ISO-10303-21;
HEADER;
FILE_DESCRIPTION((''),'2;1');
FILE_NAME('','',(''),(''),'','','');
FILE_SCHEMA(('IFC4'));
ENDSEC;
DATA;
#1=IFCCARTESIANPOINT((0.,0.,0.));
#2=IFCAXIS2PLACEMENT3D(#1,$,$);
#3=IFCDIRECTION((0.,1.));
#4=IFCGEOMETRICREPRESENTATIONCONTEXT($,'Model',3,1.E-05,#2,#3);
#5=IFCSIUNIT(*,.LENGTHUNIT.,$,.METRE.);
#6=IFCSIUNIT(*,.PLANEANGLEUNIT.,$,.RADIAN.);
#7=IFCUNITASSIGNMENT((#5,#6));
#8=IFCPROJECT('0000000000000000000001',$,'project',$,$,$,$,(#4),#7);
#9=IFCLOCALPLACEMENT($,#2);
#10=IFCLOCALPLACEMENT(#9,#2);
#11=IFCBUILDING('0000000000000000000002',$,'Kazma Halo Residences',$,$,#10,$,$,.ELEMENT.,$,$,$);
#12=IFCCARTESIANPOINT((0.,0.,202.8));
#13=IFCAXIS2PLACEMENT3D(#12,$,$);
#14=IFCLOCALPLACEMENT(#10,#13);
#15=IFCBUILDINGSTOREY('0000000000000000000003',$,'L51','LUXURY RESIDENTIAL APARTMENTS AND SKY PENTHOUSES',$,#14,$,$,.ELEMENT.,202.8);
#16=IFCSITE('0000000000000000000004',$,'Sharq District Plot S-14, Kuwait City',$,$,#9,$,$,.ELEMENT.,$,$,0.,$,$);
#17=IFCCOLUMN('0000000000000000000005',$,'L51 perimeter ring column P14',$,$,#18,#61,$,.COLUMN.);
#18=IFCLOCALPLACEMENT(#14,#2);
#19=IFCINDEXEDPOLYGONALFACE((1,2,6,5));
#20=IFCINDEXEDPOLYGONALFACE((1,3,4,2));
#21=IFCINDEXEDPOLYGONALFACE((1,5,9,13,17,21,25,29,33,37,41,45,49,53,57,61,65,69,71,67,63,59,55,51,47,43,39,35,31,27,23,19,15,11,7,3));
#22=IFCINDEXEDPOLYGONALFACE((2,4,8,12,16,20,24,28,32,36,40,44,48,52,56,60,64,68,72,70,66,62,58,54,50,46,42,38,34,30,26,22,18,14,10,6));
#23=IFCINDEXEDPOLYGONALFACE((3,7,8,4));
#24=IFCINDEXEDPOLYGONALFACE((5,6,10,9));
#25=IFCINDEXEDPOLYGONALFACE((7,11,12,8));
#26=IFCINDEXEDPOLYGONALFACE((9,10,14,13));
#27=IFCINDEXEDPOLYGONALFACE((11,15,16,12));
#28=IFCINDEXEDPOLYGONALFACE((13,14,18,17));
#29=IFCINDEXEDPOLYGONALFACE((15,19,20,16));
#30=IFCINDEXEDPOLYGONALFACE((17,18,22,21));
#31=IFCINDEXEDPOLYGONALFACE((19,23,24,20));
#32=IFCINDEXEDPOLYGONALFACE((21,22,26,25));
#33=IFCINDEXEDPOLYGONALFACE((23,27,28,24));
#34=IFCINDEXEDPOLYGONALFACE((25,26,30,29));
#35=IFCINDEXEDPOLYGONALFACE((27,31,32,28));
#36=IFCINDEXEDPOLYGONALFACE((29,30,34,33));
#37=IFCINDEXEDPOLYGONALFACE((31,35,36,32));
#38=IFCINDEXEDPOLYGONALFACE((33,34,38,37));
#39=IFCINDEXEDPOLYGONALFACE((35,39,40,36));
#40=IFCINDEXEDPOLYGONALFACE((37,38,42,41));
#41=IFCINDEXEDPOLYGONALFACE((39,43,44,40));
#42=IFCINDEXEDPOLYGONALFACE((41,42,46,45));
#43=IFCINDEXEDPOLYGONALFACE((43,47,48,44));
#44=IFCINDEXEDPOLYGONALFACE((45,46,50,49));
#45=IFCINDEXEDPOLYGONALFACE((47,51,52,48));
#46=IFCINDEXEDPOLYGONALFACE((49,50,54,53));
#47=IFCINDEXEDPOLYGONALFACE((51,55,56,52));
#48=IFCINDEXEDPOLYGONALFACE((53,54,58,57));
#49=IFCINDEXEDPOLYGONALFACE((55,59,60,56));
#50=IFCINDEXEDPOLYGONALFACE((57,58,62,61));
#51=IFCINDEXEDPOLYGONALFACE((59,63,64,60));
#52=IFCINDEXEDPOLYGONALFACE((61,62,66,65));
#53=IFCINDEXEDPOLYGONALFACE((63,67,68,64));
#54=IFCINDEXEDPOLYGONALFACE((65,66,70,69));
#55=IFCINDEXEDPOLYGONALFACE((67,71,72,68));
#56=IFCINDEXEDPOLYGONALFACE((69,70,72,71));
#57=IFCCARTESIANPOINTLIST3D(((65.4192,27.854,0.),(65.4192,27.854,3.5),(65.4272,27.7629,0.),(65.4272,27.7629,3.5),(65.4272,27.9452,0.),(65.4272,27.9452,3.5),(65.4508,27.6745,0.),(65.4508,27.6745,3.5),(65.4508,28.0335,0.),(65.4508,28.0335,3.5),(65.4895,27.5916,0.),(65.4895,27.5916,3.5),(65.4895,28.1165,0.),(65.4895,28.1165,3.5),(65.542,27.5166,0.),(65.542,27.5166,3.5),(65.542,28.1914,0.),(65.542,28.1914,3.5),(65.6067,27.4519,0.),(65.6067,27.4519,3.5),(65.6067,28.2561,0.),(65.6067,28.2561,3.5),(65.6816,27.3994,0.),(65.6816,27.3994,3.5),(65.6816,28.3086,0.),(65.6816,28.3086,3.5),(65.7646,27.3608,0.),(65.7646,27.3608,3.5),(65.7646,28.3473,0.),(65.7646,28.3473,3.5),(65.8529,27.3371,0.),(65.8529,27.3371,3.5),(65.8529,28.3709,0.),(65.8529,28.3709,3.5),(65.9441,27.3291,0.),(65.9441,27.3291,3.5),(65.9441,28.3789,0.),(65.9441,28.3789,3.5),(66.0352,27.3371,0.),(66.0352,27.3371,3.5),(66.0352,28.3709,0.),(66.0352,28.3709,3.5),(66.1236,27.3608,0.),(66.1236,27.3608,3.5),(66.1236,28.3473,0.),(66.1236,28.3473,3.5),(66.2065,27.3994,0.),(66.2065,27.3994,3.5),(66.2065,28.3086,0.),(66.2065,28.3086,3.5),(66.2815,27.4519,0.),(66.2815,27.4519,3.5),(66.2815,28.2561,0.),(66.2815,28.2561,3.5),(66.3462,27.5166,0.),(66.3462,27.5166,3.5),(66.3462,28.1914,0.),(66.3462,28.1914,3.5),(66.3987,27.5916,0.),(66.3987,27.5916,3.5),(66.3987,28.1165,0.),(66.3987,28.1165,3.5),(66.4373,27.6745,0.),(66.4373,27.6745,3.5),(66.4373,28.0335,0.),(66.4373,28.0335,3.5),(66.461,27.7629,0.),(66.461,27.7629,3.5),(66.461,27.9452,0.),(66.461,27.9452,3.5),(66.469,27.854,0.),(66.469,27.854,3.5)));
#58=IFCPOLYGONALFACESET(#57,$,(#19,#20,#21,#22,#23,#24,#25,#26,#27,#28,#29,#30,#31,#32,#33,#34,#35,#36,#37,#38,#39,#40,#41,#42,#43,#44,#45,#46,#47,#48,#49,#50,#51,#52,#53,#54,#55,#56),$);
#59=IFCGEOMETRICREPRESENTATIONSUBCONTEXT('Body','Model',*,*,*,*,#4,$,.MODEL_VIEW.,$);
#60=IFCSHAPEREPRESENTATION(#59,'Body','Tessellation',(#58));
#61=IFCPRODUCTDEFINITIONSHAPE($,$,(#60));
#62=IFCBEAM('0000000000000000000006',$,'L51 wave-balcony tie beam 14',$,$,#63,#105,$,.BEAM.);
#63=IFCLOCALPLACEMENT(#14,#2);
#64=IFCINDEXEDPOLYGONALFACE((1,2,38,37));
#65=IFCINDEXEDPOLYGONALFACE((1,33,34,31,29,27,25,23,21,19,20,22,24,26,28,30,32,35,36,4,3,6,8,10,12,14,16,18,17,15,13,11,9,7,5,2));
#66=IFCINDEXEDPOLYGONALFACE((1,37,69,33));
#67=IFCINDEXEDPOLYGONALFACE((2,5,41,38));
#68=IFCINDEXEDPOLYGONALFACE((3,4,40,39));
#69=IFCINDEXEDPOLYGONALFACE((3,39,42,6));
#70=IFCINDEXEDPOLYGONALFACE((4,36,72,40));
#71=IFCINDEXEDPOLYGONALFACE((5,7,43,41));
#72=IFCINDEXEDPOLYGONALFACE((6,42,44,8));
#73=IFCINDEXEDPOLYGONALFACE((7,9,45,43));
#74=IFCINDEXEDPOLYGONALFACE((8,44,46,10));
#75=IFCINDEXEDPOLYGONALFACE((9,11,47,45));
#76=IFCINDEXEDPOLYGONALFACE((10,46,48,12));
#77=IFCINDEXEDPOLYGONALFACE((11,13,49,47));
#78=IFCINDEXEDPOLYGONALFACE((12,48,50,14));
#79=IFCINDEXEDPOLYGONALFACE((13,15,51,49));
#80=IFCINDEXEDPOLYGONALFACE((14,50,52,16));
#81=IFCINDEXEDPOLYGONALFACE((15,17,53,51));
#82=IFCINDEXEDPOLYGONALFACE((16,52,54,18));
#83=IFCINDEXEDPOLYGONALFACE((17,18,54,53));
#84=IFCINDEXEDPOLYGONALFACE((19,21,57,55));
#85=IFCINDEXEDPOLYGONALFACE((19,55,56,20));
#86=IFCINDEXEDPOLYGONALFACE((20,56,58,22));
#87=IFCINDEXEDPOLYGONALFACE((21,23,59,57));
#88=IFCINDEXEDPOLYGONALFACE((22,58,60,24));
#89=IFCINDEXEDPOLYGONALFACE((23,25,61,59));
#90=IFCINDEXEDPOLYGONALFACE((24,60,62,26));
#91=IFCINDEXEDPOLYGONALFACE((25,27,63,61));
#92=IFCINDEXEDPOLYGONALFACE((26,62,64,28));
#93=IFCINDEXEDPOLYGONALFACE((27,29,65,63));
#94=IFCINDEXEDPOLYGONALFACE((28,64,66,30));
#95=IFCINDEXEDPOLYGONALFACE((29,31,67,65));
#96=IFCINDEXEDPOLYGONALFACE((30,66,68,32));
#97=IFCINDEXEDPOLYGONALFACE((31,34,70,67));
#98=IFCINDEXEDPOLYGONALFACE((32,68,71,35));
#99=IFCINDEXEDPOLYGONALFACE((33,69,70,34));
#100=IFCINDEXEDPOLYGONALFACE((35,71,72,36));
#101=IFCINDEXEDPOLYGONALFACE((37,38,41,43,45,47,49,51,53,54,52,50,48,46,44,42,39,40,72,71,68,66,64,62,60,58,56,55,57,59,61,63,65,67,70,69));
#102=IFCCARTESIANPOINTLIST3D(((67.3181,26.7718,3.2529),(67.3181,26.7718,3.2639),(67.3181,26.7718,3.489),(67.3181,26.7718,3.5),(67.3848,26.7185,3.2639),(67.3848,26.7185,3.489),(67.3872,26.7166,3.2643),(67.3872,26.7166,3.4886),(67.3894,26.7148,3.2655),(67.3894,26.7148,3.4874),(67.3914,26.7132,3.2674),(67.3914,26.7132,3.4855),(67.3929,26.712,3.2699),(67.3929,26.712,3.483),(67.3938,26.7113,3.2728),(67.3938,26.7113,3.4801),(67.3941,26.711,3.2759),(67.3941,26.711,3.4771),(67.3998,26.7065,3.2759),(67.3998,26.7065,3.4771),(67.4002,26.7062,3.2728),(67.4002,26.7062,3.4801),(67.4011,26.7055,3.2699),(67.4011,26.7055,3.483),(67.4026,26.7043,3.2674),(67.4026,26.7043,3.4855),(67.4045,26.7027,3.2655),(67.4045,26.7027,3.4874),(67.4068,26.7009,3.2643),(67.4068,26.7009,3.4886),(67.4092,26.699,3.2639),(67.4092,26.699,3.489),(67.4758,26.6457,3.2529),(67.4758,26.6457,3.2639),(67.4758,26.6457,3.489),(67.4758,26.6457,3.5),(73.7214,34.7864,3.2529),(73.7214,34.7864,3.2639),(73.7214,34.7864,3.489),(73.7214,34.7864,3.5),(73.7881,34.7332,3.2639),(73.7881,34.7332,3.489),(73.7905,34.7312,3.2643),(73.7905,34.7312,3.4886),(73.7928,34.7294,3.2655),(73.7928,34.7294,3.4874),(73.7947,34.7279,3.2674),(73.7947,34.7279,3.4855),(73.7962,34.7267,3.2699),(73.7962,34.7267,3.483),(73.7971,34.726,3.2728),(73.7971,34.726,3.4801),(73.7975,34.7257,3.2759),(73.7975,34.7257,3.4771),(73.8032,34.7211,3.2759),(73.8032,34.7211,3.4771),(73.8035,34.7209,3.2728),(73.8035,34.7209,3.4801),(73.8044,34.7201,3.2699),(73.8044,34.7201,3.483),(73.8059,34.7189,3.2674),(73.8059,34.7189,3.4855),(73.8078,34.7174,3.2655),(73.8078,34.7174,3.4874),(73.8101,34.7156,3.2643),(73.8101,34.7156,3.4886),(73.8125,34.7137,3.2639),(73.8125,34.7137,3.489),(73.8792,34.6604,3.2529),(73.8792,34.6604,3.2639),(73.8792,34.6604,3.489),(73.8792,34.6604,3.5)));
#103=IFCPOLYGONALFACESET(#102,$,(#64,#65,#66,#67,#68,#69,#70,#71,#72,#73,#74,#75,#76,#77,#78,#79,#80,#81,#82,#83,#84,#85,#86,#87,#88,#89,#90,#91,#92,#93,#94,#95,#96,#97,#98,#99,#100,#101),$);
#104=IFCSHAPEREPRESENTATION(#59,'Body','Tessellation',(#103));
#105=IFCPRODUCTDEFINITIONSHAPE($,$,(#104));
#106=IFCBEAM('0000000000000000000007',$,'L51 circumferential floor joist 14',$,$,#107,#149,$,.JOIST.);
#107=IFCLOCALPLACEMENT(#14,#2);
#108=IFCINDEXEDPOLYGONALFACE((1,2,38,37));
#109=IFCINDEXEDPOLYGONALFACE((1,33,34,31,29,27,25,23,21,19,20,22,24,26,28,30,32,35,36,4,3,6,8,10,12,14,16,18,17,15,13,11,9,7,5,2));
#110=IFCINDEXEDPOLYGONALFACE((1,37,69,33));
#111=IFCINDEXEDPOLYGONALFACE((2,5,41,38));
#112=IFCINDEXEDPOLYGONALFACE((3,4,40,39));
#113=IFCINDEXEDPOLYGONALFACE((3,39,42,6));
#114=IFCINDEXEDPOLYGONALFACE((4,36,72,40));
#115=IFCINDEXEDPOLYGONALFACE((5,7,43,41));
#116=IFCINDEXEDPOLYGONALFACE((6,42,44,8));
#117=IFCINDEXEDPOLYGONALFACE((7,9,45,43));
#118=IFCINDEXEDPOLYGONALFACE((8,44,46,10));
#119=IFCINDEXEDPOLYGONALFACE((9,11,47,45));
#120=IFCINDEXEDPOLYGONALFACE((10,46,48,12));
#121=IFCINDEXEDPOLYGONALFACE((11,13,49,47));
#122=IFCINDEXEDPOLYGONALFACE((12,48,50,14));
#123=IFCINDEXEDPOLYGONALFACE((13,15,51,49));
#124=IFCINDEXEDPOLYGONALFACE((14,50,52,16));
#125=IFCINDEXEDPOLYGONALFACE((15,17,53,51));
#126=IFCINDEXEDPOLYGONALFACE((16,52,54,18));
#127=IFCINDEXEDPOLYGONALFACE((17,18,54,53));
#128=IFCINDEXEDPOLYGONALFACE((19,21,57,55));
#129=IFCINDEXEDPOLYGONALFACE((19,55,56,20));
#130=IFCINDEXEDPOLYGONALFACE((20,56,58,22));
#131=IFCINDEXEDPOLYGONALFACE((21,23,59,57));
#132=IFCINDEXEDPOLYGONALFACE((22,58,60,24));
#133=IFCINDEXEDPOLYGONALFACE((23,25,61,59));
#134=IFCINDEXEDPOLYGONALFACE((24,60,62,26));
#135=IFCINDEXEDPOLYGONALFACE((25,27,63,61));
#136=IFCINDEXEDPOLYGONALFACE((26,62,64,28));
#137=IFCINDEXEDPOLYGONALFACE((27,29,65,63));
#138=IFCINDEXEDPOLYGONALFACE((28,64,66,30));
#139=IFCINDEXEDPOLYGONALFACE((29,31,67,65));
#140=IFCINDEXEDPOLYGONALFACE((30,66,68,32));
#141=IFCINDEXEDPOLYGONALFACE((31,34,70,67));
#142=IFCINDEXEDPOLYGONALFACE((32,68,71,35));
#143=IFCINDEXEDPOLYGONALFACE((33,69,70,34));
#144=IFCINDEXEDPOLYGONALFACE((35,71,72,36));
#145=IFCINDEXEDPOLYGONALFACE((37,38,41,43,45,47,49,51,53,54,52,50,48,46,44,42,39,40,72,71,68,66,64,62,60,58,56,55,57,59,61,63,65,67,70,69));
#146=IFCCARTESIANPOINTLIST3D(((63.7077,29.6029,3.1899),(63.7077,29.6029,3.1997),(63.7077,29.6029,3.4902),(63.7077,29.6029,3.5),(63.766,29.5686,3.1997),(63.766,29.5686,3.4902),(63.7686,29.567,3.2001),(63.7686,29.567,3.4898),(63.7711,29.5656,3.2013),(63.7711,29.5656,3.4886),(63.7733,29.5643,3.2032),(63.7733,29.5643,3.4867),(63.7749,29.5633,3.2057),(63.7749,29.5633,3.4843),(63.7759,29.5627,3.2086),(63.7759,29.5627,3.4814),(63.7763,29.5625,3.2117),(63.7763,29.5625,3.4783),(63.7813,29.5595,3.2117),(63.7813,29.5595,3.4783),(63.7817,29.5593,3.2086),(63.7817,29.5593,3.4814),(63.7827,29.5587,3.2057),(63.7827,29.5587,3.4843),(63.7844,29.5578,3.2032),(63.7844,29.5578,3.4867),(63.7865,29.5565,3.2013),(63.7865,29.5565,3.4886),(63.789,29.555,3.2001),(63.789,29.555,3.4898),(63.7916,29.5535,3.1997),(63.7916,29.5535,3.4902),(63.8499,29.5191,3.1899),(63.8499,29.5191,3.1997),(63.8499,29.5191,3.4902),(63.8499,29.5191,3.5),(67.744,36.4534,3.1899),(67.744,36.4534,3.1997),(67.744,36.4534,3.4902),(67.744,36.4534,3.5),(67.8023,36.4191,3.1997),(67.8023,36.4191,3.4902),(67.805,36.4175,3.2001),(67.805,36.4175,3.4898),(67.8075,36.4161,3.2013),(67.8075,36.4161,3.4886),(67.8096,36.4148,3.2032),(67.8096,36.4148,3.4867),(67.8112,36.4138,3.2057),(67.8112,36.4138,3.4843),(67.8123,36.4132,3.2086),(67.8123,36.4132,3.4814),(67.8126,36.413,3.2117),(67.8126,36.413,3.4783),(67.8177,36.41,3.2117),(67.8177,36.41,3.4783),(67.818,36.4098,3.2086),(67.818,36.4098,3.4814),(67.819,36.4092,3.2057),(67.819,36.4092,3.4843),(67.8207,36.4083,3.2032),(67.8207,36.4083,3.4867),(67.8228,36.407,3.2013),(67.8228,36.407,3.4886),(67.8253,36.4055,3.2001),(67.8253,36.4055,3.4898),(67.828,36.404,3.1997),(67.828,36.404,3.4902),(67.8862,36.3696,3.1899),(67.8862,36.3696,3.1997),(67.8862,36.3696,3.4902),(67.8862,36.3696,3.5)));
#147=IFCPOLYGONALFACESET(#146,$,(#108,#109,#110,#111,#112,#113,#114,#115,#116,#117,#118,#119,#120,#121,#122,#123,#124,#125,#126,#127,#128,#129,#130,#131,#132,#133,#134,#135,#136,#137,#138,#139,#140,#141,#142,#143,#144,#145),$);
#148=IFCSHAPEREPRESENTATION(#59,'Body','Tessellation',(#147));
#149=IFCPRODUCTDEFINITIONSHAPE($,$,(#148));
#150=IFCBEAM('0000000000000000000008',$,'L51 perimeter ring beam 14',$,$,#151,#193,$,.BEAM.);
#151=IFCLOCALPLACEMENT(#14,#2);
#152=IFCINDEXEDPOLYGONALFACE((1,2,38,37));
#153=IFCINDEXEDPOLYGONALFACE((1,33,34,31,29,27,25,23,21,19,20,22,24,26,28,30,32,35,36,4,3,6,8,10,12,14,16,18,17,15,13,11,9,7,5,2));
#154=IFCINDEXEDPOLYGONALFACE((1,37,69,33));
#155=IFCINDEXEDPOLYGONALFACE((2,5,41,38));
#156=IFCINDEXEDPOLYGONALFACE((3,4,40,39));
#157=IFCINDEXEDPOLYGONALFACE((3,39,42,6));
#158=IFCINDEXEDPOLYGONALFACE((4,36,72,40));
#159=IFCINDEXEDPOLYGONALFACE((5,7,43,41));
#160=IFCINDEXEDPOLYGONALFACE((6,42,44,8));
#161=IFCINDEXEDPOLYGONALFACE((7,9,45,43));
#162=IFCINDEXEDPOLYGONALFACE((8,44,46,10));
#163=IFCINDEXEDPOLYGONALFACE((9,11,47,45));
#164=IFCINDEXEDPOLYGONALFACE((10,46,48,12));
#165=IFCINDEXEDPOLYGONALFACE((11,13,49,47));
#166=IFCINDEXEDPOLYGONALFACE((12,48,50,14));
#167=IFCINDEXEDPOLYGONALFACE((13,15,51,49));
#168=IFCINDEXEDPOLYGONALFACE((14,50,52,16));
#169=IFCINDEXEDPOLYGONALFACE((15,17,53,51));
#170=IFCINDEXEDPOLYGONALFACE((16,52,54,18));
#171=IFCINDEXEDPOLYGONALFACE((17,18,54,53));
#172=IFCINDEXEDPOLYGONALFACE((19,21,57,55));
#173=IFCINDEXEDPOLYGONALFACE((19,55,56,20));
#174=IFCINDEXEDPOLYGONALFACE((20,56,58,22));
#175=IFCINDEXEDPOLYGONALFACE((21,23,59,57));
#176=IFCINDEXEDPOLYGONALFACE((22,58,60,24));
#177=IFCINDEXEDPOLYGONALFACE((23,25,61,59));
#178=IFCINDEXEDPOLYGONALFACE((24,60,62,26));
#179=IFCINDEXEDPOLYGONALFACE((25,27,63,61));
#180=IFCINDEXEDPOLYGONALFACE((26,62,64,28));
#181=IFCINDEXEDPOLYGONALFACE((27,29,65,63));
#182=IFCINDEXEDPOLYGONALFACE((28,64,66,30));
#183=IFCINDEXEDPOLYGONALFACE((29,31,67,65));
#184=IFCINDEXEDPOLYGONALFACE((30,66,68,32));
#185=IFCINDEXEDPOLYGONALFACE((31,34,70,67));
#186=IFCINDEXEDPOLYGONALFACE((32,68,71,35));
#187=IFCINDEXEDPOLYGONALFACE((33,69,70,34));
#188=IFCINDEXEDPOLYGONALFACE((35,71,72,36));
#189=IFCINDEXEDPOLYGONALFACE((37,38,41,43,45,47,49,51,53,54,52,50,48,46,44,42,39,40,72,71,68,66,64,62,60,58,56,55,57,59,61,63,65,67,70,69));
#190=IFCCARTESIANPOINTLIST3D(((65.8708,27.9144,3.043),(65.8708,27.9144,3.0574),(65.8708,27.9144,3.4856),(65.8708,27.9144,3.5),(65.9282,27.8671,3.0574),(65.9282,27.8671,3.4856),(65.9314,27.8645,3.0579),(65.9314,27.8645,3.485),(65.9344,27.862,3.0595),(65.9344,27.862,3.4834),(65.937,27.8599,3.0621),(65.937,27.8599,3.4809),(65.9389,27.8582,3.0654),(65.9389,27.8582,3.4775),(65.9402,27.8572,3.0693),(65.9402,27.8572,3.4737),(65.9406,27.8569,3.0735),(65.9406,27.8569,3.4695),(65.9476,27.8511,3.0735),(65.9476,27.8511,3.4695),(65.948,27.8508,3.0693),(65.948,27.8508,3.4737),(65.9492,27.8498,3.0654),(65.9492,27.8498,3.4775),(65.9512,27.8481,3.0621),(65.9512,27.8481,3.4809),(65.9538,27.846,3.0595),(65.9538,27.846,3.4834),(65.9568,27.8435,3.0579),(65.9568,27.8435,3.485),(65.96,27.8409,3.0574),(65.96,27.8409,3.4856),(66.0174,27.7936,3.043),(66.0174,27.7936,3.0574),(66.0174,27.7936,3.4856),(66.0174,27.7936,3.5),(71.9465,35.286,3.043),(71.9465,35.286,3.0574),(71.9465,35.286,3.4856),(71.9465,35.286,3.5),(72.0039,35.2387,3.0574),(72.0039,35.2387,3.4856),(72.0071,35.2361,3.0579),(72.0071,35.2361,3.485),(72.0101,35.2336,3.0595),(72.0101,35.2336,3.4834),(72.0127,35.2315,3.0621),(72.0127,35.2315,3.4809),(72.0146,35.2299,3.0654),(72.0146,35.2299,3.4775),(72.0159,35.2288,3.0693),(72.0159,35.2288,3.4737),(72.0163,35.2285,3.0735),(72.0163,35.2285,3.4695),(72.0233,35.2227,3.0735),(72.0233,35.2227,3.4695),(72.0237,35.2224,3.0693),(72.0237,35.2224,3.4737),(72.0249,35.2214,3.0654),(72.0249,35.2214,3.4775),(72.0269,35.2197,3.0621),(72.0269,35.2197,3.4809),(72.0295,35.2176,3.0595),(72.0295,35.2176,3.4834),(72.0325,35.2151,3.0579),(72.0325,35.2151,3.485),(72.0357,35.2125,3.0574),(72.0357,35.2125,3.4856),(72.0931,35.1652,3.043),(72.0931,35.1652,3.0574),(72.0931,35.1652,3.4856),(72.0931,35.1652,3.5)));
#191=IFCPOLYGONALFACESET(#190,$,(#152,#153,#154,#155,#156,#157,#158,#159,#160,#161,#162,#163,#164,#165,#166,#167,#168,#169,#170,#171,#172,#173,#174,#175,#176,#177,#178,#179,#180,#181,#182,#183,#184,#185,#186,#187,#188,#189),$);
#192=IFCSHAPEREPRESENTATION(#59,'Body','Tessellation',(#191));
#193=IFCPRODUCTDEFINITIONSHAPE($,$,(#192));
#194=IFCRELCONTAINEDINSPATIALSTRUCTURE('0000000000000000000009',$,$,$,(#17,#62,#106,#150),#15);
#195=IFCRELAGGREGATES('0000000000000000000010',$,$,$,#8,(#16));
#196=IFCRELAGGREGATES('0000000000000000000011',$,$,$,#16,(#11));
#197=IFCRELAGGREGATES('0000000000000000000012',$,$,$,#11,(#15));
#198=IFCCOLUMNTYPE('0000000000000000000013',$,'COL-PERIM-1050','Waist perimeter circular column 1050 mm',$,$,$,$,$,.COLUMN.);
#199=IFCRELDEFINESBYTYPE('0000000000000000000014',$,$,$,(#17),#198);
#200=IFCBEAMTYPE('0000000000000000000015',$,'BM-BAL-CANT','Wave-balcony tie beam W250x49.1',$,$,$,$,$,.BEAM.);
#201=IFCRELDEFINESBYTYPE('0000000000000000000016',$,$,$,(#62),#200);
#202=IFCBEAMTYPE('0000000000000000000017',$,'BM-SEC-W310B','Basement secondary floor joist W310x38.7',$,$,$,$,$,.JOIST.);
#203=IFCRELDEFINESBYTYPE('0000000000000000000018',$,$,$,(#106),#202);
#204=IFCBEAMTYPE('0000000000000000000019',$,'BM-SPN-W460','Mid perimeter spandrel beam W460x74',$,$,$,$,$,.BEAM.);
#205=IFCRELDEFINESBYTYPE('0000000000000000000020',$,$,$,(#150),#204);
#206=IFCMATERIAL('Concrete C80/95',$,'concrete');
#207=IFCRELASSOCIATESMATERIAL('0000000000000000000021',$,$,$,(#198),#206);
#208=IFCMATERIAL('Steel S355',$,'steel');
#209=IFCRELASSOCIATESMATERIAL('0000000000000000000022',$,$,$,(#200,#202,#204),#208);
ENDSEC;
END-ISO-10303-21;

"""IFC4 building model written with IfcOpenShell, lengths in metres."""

from ifc_helpers import new_model, si_unit, direction, frame, origin, origin_2d, place, context, subcontext, project, spatial, circle, i_section, extrude, material, material_profile, profile_set, type_object, element, save


model = new_model("IFC4")

# Units and contexts
model_context = context("Model", 3, precision=1e-05, world=origin(), true_north=direction((0.0, 1.0)))
body_context = subcontext(model_context, "Body", "Model", "MODEL_VIEW")
ifc_project = project(units=[si_unit("LENGTHUNIT", "METRE"), si_unit("PLANEANGLEUNIT", "RADIAN")], contexts=[model_context])

# Site, building, storey
site_placement = place(None, origin())
site = spatial("IfcSite", under=ifc_project, at=site_placement, Name="Sharq District Plot S-14, Kuwait City", CompositionType="ELEMENT", RefElevation=0.0)
building_placement = place(site_placement, origin())
building = spatial("IfcBuilding", under=site, at=building_placement, Name="Kazma Halo Residences", CompositionType="ELEMENT")
storey_placement = place(building_placement, frame((0.0, 0.0, 202.8)))
storey = spatial("IfcBuildingStorey", under=building, at=storey_placement, Name="L51", Description="LUXURY RESIDENTIAL APARTMENTS AND SKY PENTHOUSES", CompositionType="ELEMENT", Elevation=202.8)

# Column
ifc_material_1 = material(Name="Concrete C80/95", Category="concrete")
ifc_material_profile_1 = material_profile(ifc_material_1, circle(Radius=0.5249, at=origin_2d()), Name="CIRC1050")
ifc_profile_set_1 = profile_set([ifc_material_profile_1], Name="Concrete C80/95")
column_type = type_object("IfcColumnType", Name="COL-PERIM-1050", Description="Waist perimeter circular column 1050 mm", PredefinedType="COLUMN", material=ifc_profile_set_1)
column_placement = place(storey_placement, frame((65.9441, 27.854, 0.0), z_axis=(0.0, 0.0, 1.0), x_axis=(1.0, 0.0, 0.0)))
element("IfcColumn", 1, at=column_placement, inside=storey, type_object=column_type, Name="L51 perimeter ring column P14", PredefinedType="COLUMN", context=body_context, shape_type="SweptSolid", body=[
    extrude(circle(Radius=0.5249, at=origin_2d()), origin(), (0.0, 0.0, 1.0), 3.5),
])

# Beams
ifc_material_2 = material(Name="Steel S355", Category="steel")
ifc_material_profile_2 = material_profile(ifc_material_2, i_section(OverallWidth=0.2019, OverallDepth=0.2471, WebThickness=0.0073, FlangeThickness=0.011, FilletRadius=0.012, at=origin_2d()), Name="W250x49.1")
ifc_profile_set_2 = profile_set([ifc_material_profile_2], Name="Steel S355")
beam_type_1 = type_object("IfcBeamType", Name="BM-BAL-CANT", Description="Wave-balcony tie beam W250x49.1", PredefinedType="BEAM", material=ifc_profile_set_2)
beam_1_placement = place(storey_placement, frame((67.397, 26.7087, 3.3765), z_axis=(0.624196, 0.781268, 0.0), x_axis=(-0.781268, 0.624196, 0.0)))
element("IfcBeam", 2, at=beam_1_placement, inside=storey, type_object=beam_type_1, Name="L51 wave-balcony tie beam 14", PredefinedType="BEAM", context=body_context, shape_type="SweptSolid", body=[
    extrude(i_section(OverallWidth=0.2019, OverallDepth=0.2471, WebThickness=0.0073, FlangeThickness=0.011, FilletRadius=0.012, at=origin_2d()), origin(), (0.0, 0.0, 1.0), 10.2585),
])
ifc_material_profile_3 = material_profile(ifc_material_2, i_section(OverallWidth=0.165, OverallDepth=0.3101, WebThickness=0.0059, FlangeThickness=0.0098, FilletRadius=0.012, at=origin_2d()), Name="W310x38.7")
ifc_profile_set_3 = profile_set([ifc_material_profile_3], Name="Steel S355")
beam_type_2 = type_object("IfcBeamType", Name="BM-SEC-W310B", Description="Basement secondary floor joist W310x38.7", PredefinedType="JOIST", material=ifc_profile_set_3)
beam_2_placement = place(storey_placement, frame((63.7788, 29.561, 3.345), z_axis=(0.507639, 0.86157, 0.0), x_axis=(-0.86157, 0.507639, 0.0)))
element("IfcBeam", 3, at=beam_2_placement, inside=storey, type_object=beam_type_2, Name="L51 circumferential floor joist 14", PredefinedType="JOIST", context=body_context, shape_type="SweptSolid", body=[
    extrude(i_section(OverallWidth=0.165, OverallDepth=0.3101, WebThickness=0.0059, FlangeThickness=0.0098, FilletRadius=0.012, at=origin_2d()), origin(), (0.0, 0.0, 1.0), 7.9512),
])
ifc_material_profile_4 = material_profile(ifc_material_2, i_section(OverallWidth=0.1899, OverallDepth=0.457, WebThickness=0.009, FlangeThickness=0.0144, FilletRadius=0.0161, at=origin_2d()), Name="W460x74")
ifc_profile_set_4 = profile_set([ifc_material_profile_4], Name="Steel S355")
beam_type_3 = type_object("IfcBeamType", Name="BM-SPN-W460", Description="Mid perimeter spandrel beam W460x74", PredefinedType="BEAM", material=ifc_profile_set_4)
beam_3_placement = place(storey_placement, frame((65.9441, 27.854, 3.2715), z_axis=(0.636017, 0.771675, 0.0), x_axis=(-0.771675, 0.636017, 0.0)))
element("IfcBeam", 4, at=beam_3_placement, inside=storey, type_object=beam_type_3, Name="L51 perimeter ring beam 14", PredefinedType="BEAM", context=body_context, shape_type="SweptSolid", body=[
    extrude(i_section(OverallWidth=0.1899, OverallDepth=0.457, WebThickness=0.009, FlangeThickness=0.0144, FilletRadius=0.0161, at=origin_2d()), origin(), (0.0, 0.0, 1.0), 9.5527),
])

save(model, "model.ifc")
